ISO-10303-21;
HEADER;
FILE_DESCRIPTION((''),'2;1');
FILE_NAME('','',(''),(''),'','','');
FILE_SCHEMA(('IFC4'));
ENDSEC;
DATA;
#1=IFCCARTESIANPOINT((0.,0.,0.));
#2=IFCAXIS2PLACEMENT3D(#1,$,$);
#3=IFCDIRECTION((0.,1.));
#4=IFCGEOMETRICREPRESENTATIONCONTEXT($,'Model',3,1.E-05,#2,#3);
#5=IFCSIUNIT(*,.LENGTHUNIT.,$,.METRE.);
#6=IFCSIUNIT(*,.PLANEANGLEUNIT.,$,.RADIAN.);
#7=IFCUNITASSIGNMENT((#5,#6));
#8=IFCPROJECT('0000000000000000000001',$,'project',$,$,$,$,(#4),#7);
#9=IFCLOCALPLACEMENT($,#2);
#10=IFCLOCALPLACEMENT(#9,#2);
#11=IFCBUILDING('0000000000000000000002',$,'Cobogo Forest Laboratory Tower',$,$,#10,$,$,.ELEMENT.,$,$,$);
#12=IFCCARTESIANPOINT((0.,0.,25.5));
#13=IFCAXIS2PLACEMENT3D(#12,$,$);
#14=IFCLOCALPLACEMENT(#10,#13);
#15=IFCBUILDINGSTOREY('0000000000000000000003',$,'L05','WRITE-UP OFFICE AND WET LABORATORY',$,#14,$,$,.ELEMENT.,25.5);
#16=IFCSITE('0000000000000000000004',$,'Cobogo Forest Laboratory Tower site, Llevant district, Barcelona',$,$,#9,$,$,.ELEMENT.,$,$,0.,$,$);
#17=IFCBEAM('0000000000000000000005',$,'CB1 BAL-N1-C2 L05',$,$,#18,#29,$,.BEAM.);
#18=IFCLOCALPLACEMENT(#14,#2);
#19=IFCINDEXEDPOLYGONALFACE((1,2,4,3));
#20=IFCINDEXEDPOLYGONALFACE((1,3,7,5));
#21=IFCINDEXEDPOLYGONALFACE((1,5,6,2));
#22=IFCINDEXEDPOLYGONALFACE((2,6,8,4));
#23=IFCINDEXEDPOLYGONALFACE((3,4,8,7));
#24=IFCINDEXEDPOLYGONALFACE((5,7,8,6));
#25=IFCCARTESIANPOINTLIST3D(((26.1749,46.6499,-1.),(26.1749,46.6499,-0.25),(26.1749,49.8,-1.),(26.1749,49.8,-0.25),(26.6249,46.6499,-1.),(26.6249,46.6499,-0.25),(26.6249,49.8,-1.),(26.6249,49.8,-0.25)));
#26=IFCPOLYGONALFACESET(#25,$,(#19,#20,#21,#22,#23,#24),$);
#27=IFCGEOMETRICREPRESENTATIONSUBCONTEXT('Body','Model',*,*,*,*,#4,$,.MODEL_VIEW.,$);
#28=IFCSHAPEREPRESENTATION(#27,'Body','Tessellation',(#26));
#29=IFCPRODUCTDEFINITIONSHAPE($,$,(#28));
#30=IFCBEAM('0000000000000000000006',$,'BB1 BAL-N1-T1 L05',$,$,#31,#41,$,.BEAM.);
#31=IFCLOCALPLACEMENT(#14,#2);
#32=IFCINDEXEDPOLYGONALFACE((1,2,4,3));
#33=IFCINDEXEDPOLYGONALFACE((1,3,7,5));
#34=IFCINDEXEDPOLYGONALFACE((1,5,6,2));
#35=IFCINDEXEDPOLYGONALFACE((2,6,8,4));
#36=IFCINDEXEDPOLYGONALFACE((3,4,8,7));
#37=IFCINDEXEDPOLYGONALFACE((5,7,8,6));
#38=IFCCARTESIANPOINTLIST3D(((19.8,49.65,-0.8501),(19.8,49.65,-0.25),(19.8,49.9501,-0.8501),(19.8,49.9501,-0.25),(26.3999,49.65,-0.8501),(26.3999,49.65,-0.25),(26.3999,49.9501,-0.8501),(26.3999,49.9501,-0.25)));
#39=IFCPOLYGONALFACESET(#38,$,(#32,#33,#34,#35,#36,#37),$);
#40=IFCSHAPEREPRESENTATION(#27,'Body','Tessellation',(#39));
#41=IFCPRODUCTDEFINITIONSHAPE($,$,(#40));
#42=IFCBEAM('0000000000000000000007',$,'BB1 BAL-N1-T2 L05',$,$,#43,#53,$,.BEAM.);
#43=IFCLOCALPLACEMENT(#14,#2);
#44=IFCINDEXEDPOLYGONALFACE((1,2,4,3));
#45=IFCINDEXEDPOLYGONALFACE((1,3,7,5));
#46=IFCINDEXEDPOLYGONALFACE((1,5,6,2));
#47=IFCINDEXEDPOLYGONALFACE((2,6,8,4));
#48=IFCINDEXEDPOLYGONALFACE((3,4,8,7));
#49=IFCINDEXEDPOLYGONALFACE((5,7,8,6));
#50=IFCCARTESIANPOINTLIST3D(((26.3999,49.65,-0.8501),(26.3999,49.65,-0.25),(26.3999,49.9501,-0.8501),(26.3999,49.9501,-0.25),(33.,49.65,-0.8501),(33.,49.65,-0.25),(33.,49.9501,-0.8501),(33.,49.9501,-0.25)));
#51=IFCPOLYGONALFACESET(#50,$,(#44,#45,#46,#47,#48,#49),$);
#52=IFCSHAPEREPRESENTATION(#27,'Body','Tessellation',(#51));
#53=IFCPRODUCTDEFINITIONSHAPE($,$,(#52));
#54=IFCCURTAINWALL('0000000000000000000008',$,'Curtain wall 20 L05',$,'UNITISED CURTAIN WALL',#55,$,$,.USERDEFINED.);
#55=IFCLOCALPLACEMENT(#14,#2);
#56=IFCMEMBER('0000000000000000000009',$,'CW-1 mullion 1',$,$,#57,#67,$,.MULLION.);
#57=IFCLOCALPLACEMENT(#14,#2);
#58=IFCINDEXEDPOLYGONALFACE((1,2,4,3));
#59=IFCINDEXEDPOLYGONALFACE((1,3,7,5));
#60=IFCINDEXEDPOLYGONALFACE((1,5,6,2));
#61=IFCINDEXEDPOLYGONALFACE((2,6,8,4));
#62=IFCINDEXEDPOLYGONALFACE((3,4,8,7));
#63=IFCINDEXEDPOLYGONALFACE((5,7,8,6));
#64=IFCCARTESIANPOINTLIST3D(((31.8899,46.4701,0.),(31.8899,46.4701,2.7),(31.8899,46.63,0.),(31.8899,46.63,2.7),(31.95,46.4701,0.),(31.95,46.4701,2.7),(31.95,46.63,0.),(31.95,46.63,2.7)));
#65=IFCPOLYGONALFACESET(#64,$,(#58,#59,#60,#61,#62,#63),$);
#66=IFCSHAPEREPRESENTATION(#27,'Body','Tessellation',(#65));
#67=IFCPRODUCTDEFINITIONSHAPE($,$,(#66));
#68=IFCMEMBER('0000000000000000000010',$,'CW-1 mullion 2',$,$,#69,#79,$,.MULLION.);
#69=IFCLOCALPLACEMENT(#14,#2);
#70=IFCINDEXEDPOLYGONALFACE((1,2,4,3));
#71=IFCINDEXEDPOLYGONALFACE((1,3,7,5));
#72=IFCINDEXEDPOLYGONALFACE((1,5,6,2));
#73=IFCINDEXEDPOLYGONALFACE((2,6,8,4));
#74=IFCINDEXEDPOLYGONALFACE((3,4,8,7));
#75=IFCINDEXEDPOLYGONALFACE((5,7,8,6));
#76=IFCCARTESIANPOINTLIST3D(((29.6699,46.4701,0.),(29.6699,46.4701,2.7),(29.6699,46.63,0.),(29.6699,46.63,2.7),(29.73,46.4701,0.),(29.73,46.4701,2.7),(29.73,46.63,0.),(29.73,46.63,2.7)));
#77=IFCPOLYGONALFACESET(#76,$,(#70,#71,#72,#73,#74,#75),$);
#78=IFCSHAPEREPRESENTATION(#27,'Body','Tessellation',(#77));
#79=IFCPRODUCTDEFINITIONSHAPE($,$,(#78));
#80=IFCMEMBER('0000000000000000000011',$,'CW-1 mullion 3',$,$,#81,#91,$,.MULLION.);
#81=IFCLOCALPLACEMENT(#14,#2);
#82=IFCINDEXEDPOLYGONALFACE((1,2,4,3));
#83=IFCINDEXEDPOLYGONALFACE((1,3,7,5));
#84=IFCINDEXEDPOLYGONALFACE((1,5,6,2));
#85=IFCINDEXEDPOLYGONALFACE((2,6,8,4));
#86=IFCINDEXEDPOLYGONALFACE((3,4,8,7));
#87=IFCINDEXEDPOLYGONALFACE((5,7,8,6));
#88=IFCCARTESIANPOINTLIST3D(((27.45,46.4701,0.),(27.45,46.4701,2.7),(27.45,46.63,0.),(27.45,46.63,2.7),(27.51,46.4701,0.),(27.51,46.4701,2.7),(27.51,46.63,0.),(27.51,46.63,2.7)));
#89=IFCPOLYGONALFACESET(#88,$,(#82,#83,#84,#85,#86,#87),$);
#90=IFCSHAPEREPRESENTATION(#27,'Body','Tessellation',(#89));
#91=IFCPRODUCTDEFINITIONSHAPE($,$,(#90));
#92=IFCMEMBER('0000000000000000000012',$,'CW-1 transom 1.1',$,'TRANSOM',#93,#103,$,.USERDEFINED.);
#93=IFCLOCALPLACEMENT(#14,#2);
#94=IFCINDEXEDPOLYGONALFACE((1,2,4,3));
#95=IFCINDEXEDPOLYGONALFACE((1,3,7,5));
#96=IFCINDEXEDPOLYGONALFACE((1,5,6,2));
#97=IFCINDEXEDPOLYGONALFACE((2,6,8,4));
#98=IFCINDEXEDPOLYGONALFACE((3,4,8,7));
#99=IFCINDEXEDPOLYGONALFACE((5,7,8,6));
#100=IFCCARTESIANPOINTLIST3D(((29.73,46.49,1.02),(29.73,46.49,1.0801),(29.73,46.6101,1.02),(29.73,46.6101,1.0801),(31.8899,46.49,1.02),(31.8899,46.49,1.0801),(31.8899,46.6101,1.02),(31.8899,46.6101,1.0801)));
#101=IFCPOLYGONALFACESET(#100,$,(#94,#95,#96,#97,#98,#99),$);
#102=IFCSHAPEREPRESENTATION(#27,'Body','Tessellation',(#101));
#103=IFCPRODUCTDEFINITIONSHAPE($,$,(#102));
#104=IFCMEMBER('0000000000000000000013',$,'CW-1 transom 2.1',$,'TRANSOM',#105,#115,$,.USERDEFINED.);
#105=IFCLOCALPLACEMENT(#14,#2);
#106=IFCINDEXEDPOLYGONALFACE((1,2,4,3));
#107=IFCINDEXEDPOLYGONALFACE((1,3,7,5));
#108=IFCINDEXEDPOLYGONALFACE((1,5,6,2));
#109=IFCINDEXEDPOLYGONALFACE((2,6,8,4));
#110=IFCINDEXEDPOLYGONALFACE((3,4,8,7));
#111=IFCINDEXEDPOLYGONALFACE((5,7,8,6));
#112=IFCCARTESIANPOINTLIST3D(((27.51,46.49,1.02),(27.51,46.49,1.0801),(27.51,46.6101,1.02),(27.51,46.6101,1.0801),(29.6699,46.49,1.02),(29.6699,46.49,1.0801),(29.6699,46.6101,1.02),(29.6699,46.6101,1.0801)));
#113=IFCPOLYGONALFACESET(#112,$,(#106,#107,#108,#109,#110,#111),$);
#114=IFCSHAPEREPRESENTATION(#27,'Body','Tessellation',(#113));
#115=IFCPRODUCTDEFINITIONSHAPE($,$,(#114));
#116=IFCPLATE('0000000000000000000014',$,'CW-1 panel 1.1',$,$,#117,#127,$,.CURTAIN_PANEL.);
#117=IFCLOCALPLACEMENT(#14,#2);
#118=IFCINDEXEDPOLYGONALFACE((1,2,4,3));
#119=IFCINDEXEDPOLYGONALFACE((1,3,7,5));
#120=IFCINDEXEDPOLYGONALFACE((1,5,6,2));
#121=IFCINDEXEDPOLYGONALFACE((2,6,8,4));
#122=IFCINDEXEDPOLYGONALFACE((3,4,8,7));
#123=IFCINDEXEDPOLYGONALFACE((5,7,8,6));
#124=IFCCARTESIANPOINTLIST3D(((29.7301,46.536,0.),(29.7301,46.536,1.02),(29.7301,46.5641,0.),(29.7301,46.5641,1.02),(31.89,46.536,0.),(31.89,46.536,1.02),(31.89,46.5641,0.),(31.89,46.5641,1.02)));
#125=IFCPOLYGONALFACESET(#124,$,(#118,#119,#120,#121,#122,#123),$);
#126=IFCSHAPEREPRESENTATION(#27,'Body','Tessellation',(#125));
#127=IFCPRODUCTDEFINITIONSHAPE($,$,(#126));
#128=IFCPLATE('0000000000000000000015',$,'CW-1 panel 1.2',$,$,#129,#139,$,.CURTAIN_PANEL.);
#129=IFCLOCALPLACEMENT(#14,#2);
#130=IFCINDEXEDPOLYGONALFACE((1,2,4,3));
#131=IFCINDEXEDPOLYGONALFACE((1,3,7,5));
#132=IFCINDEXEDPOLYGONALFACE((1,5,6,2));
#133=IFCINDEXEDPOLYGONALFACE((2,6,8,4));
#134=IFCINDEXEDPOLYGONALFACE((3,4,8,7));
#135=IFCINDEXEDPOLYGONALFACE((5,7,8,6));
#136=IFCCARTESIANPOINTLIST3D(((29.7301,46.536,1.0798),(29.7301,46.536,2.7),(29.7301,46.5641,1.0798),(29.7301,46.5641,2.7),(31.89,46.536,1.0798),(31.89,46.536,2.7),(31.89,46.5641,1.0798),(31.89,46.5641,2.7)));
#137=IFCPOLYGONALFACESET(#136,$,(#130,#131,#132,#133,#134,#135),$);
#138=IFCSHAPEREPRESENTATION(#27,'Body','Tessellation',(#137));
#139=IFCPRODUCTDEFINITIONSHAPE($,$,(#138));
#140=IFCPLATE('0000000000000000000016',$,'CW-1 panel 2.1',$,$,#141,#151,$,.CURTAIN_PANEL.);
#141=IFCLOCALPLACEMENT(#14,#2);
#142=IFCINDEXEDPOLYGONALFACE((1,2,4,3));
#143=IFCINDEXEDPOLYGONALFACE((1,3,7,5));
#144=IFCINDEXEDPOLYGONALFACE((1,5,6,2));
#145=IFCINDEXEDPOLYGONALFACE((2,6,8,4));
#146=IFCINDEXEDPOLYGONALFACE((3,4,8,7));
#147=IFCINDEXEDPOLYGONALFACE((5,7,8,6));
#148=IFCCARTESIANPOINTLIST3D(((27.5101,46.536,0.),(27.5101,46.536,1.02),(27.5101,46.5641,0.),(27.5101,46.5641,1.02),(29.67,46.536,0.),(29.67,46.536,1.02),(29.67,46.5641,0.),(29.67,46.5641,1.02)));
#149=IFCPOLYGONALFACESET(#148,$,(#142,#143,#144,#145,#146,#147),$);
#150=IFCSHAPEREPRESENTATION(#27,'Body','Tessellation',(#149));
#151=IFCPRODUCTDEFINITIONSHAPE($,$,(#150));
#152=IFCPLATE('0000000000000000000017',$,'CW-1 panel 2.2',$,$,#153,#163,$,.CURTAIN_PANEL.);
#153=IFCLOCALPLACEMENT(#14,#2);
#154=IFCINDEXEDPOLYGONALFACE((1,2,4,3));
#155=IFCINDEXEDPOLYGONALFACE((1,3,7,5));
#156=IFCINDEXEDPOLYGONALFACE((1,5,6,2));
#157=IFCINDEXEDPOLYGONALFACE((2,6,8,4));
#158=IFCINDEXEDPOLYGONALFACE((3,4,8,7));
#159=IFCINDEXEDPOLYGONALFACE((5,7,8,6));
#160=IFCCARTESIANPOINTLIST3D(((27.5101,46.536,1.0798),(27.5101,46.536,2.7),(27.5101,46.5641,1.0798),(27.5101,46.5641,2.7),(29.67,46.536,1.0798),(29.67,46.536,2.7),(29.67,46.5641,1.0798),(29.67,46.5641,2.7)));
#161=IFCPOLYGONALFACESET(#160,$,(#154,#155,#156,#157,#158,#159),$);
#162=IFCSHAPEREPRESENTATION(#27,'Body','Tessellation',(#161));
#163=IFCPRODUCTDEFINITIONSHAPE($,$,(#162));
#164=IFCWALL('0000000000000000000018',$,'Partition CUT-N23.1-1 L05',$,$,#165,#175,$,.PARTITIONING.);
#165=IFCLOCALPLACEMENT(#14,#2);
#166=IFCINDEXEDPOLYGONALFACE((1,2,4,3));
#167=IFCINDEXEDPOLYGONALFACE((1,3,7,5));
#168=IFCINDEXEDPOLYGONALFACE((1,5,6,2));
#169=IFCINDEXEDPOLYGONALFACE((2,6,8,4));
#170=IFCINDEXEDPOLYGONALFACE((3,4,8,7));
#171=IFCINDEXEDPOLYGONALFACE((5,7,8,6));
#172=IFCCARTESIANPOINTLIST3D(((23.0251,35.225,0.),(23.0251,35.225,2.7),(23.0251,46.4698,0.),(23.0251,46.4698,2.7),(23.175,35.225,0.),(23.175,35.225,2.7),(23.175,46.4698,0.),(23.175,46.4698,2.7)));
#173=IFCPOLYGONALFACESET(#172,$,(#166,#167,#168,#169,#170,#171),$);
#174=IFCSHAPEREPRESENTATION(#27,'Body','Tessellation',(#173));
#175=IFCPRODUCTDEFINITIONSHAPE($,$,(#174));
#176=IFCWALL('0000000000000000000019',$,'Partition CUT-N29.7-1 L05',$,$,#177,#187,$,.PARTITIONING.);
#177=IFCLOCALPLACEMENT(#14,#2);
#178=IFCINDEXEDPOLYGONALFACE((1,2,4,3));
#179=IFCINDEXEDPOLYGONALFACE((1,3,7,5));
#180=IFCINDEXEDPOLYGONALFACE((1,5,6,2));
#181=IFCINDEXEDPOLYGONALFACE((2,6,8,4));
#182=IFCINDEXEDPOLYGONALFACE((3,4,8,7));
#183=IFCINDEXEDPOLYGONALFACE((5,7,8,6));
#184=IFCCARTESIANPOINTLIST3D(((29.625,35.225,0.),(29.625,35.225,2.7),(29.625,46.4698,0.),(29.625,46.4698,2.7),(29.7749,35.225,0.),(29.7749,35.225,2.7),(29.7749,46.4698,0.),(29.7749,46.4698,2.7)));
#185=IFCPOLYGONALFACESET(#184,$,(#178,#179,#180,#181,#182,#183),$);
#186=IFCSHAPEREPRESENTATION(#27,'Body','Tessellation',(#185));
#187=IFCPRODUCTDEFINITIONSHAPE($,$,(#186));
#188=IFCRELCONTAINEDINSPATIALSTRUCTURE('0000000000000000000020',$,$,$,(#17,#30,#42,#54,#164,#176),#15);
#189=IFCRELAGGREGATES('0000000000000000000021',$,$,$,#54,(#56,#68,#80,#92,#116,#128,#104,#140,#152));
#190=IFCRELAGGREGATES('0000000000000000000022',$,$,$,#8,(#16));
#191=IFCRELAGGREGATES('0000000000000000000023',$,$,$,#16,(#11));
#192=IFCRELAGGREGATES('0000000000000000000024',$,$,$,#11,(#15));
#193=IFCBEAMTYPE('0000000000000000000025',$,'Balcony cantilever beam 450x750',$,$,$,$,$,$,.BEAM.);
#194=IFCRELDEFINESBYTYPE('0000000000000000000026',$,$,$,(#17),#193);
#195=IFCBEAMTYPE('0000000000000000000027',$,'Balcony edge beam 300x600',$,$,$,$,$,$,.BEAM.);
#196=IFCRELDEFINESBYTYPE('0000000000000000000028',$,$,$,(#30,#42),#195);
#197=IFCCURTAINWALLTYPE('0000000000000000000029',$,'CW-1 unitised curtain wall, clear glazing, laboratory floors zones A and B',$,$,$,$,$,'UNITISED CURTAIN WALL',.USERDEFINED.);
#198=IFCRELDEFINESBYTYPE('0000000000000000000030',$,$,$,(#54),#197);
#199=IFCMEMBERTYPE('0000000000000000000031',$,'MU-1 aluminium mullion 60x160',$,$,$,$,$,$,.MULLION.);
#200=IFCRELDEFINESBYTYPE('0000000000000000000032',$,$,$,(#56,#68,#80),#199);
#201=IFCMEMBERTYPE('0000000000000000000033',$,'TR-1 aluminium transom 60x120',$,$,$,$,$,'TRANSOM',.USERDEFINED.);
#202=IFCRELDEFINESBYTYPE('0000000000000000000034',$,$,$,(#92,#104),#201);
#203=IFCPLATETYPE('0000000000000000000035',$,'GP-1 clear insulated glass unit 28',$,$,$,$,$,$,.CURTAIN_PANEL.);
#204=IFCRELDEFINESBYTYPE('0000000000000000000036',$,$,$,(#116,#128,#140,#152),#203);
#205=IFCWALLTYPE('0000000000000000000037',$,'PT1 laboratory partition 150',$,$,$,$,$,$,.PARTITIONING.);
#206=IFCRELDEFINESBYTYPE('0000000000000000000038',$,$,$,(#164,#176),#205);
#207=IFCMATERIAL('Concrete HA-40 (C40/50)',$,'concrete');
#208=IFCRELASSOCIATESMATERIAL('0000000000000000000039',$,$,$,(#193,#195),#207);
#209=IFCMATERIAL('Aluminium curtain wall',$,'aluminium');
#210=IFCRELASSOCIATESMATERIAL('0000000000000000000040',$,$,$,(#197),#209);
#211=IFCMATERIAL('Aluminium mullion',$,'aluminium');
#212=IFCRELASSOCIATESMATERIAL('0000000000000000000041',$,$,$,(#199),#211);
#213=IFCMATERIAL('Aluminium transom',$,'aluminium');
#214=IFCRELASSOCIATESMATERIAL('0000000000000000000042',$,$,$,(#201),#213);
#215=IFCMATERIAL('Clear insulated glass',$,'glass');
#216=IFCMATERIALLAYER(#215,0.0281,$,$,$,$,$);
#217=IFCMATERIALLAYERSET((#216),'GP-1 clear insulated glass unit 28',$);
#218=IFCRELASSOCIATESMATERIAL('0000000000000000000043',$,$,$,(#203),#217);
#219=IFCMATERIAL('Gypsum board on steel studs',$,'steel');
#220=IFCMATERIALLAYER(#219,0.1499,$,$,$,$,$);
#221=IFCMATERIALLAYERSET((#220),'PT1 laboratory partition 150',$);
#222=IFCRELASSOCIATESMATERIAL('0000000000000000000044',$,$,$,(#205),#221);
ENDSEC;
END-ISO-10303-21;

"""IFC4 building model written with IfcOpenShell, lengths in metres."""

from ifc_helpers import new_model, si_unit, direction, frame, frame_2d, origin, origin_2d, place, context, subcontext, project, spatial, rectangle, extrude, material, layer, layer_set, material_profile, profile_set, type_object, element, aggregate, save


model = new_model("IFC4")

# Units and contexts
model_context = context("Model", 3, precision=1e-05, world=origin(), true_north=direction((0.0, 1.0)))
body_context = subcontext(model_context, "Body", "Model", "MODEL_VIEW")
ifc_project = project(units=[si_unit("LENGTHUNIT", "METRE"), si_unit("PLANEANGLEUNIT", "RADIAN")], contexts=[model_context])

# Site, building, storey
site_placement = place(None, origin())
site = spatial("IfcSite", under=ifc_project, at=site_placement, Name="Cobogo Forest Laboratory Tower site, Llevant district, Barcelona", CompositionType="ELEMENT", RefElevation=0.0)
building_placement = place(site_placement, origin())
building = spatial("IfcBuilding", under=site, at=building_placement, Name="Cobogo Forest Laboratory Tower", CompositionType="ELEMENT")
storey_placement = place(building_placement, frame((0.0, 0.0, 25.5)))
storey = spatial("IfcBuildingStorey", under=building, at=storey_placement, Name="L05", Description="WRITE-UP OFFICE AND WET LABORATORY", CompositionType="ELEMENT", Elevation=25.5)

# Beams
ifc_material_1 = material(Name="Concrete HA-40 (C40/50)", Category="concrete")
ifc_material_profile_1 = material_profile(ifc_material_1, rectangle(XDim=0.45, YDim=0.75, at=origin_2d()), Name="RC 450x750")
ifc_profile_set_1 = profile_set([ifc_material_profile_1], Name="Concrete HA-40 (C40/50)")
beam_type_1 = type_object("IfcBeamType", Name="Balcony cantilever beam 450x750", PredefinedType="BEAM", material=ifc_profile_set_1)
beam_1_placement = place(storey_placement, frame((26.3999, 46.6499, -0.625), z_axis=(0.0, 1.0, 0.0), x_axis=(-1.0, 0.0, 0.0)))
element("IfcBeam", 1, at=beam_1_placement, inside=storey, type_object=beam_type_1, Name="CB1 BAL-N1-C2 L05", PredefinedType="BEAM", context=body_context, shape_type="SweptSolid", body=[
    extrude(rectangle(XDim=0.45, YDim=0.75, at=origin_2d()), origin(), (0.0, 0.0, 1.0), 3.1501),
])
ifc_material_profile_2 = material_profile(ifc_material_1, rectangle(XDim=0.3, YDim=0.6001, at=origin_2d()), Name="RC 300x600")
ifc_profile_set_2 = profile_set([ifc_material_profile_2], Name="Concrete HA-40 (C40/50)")
beam_type_2 = type_object("IfcBeamType", Name="Balcony edge beam 300x600", PredefinedType="BEAM", material=ifc_profile_set_2)
beam_2_placement = place(storey_placement, frame((19.8, 49.8, -0.55), z_axis=(1.0, 0.0, 0.0), x_axis=(0.0, 1.0, 0.0)))
element("IfcBeam", 2, at=beam_2_placement, inside=storey, type_object=beam_type_2, Name="BB1 BAL-N1-T1 L05", PredefinedType="BEAM", context=body_context, shape_type="SweptSolid", body=[
    extrude(rectangle(XDim=0.3, YDim=0.6001, at=origin_2d()), origin(), (0.0, 0.0, 1.0), 6.5999),
])
beam_3_placement = place(storey_placement, frame((26.3999, 49.8, -0.55), z_axis=(1.0, 0.0, 0.0), x_axis=(0.0, 1.0, 0.0)))
element("IfcBeam", 3, at=beam_3_placement, inside=storey, type_object=beam_type_2, Name="BB1 BAL-N1-T2 L05", PredefinedType="BEAM", context=body_context, shape_type="SweptSolid", body=[
    extrude(rectangle(XDim=0.3, YDim=0.6001, at=origin_2d()), origin(), (0.0, 0.0, 1.0), 6.6001),
])

# Curtain wall, members, plates
ifc_material_2 = material(Name="Aluminium curtain wall", Category="aluminium")
curtain_wall_type = type_object("IfcCurtainWallType", Name="CW-1 unitised curtain wall, clear glazing, laboratory floors zones A and B", ElementType="UNITISED CURTAIN WALL", PredefinedType="USERDEFINED", material=ifc_material_2)
curtain_wall_placement = place(storey_placement, origin())
curtain_wall = element("IfcCurtainWall", 4, at=curtain_wall_placement, inside=storey, type_object=curtain_wall_type, Name="Curtain wall 20 L05", ObjectType="UNITISED CURTAIN WALL", PredefinedType="USERDEFINED")
ifc_material_3 = material(Name="Aluminium mullion", Category="aluminium")
ifc_material_profile_3 = material_profile(ifc_material_3, rectangle(XDim=0.0601, YDim=0.1599, at=origin_2d()), Name="AL 60x160")
ifc_profile_set_3 = profile_set([ifc_material_profile_3], Name="Aluminium mullion")
member_type_1 = type_object("IfcMemberType", Name="MU-1 aluminium mullion 60x160", PredefinedType="MULLION", material=ifc_profile_set_3)
member_1_placement = place(storey_placement, frame((31.9199, 46.55, 0.0), z_axis=(0.0, 0.0, 1.0), x_axis=(-1.0, 0.0, 0.0)))
member_1 = element("IfcMember", 5, at=member_1_placement, type_object=member_type_1, Name="CW-1 mullion 1", PredefinedType="MULLION", context=body_context, shape_type="SweptSolid", body=[
    extrude(rectangle(XDim=0.0601, YDim=0.1599, at=origin_2d()), origin(), (0.0, 0.0, 1.0), 2.7),
])
member_2_placement = place(storey_placement, frame((29.7, 46.55, 0.0), z_axis=(0.0, 0.0, 1.0), x_axis=(-1.0, 0.0, 0.0)))
member_2 = element("IfcMember", 6, at=member_2_placement, type_object=member_type_1, Name="CW-1 mullion 2", PredefinedType="MULLION", context=body_context, shape_type="SweptSolid", body=[
    extrude(rectangle(XDim=0.0601, YDim=0.1599, at=origin_2d()), origin(), (0.0, 0.0, 1.0), 2.7),
])
member_3_placement = place(storey_placement, frame((27.48, 46.55, 0.0), z_axis=(0.0, 0.0, 1.0), x_axis=(-1.0, 0.0, 0.0)))
member_3 = element("IfcMember", 7, at=member_3_placement, type_object=member_type_1, Name="CW-1 mullion 3", PredefinedType="MULLION", context=body_context, shape_type="SweptSolid", body=[
    extrude(rectangle(XDim=0.0601, YDim=0.1599, at=origin_2d()), origin(), (0.0, 0.0, 1.0), 2.7),
])
ifc_material_4 = material(Name="Aluminium transom", Category="aluminium")
ifc_material_profile_4 = material_profile(ifc_material_4, rectangle(XDim=0.1201, YDim=0.0601, at=origin_2d()), Name="AL 60x120")
ifc_profile_set_4 = profile_set([ifc_material_profile_4], Name="Aluminium transom")
member_type_2 = type_object("IfcMemberType", Name="TR-1 aluminium transom 60x120", ElementType="TRANSOM", PredefinedType="USERDEFINED", material=ifc_profile_set_4)
member_4_placement = place(storey_placement, frame((31.8899, 46.55, 1.05), z_axis=(-1.0, 0.0, 0.0), x_axis=(0.0, -1.0, 0.0)))
member_4 = element("IfcMember", 8, at=member_4_placement, type_object=member_type_2, Name="CW-1 transom 1.1", ObjectType="TRANSOM", PredefinedType="USERDEFINED", context=body_context, shape_type="SweptSolid", body=[
    extrude(rectangle(XDim=0.1201, YDim=0.0601, at=origin_2d()), origin(), (0.0, 0.0, 1.0), 2.1599),
])
member_5_placement = place(storey_placement, frame((29.6699, 46.55, 1.05), z_axis=(-1.0, 0.0, 0.0), x_axis=(0.0, -1.0, 0.0)))
member_5 = element("IfcMember", 9, at=member_5_placement, type_object=member_type_2, Name="CW-1 transom 2.1", ObjectType="TRANSOM", PredefinedType="USERDEFINED", context=body_context, shape_type="SweptSolid", body=[
    extrude(rectangle(XDim=0.1201, YDim=0.0601, at=origin_2d()), origin(), (0.0, 0.0, 1.0), 2.1599),
])
ifc_material_5 = material(Name="Clear insulated glass", Category="glass")
ifc_layer_1 = layer(ifc_material_5, 0.0281)
ifc_layer_set_1 = layer_set([ifc_layer_1], Name="GP-1 clear insulated glass unit 28")
plate_type = type_object("IfcPlateType", Name="GP-1 clear insulated glass unit 28", PredefinedType="CURTAIN_PANEL", material=ifc_layer_set_1)
plate_1_placement = place(storey_placement, frame((30.8101, 46.55, 0.0), z_axis=(0.0, 0.0, 1.0), x_axis=(-1.0, 0.0, 0.0)))
plate_1 = element("IfcPlate", 10, at=plate_1_placement, type_object=plate_type, Name="CW-1 panel 1.1", PredefinedType="CURTAIN_PANEL", context=body_context, shape_type="SweptSolid", body=[
    extrude(rectangle(XDim=2.1599, YDim=0.0281, at=origin_2d()), origin(), (0.0, 0.0, 1.0), 1.02),
])
plate_2_placement = place(storey_placement, frame((30.8101, 46.55, 1.0798), z_axis=(0.0, 0.0, 1.0), x_axis=(-1.0, 0.0, 0.0)))
plate_2 = element("IfcPlate", 11, at=plate_2_placement, type_object=plate_type, Name="CW-1 panel 1.2", PredefinedType="CURTAIN_PANEL", context=body_context, shape_type="SweptSolid", body=[
    extrude(rectangle(XDim=2.1599, YDim=0.0281, at=origin_2d()), origin(), (0.0, 0.0, 1.0), 1.6201),
])
plate_3_placement = place(storey_placement, frame((28.5901, 46.55, 0.0), z_axis=(0.0, 0.0, 1.0), x_axis=(-1.0, 0.0, 0.0)))
plate_3 = element("IfcPlate", 12, at=plate_3_placement, type_object=plate_type, Name="CW-1 panel 2.1", PredefinedType="CURTAIN_PANEL", context=body_context, shape_type="SweptSolid", body=[
    extrude(rectangle(XDim=2.1599, YDim=0.0281, at=origin_2d()), origin(), (0.0, 0.0, 1.0), 1.02),
])
plate_4_placement = place(storey_placement, frame((28.5901, 46.55, 1.0798), z_axis=(0.0, 0.0, 1.0), x_axis=(-1.0, 0.0, 0.0)))
plate_4 = element("IfcPlate", 13, at=plate_4_placement, type_object=plate_type, Name="CW-1 panel 2.2", PredefinedType="CURTAIN_PANEL", context=body_context, shape_type="SweptSolid", body=[
    extrude(rectangle(XDim=2.1599, YDim=0.0281, at=origin_2d()), origin(), (0.0, 0.0, 1.0), 1.6201),
])
aggregate(curtain_wall, [member_1, member_2, member_3, member_4, plate_1, plate_2, member_5, plate_3, plate_4])

# Walls
ifc_material_6 = material(Name="Gypsum board on steel studs", Category="steel")
ifc_layer_2 = layer(ifc_material_6, 0.1499)
ifc_layer_set_2 = layer_set([ifc_layer_2], Name="PT1 laboratory partition 150")
wall_type_1 = type_object("IfcWallType", Name="PT1 laboratory partition 150", PredefinedType="PARTITIONING", material=ifc_layer_set_2)
for number, where, z_axis, x_axis, name in (
    (14, (23.1001, 46.47, 0.0), (0.0, 0.0, 1.0), (0.0, -1.0, 0.0), "Partition CUT-N23.1-1 L05"),
    (15, (29.7, 46.47, 0.0), (0.0, 0.0, 1.0), (0.0, -1.0, 0.0), "Partition CUT-N29.7-1 L05"),
):
    element("IfcWall", number, at=place(storey_placement, frame(where, z_axis=z_axis, x_axis=x_axis)), inside=storey, type_object=wall_type_1, Name=name, PredefinedType="PARTITIONING", context=body_context, shape_type="SweptSolid", body=[
        extrude(rectangle(XDim=11.2449, YDim=0.1499, at=frame_2d((5.6226, 0.0))), origin(), (0.0, 0.0, 1.0), 2.7),
    ])

save(model, "model.ifc")
